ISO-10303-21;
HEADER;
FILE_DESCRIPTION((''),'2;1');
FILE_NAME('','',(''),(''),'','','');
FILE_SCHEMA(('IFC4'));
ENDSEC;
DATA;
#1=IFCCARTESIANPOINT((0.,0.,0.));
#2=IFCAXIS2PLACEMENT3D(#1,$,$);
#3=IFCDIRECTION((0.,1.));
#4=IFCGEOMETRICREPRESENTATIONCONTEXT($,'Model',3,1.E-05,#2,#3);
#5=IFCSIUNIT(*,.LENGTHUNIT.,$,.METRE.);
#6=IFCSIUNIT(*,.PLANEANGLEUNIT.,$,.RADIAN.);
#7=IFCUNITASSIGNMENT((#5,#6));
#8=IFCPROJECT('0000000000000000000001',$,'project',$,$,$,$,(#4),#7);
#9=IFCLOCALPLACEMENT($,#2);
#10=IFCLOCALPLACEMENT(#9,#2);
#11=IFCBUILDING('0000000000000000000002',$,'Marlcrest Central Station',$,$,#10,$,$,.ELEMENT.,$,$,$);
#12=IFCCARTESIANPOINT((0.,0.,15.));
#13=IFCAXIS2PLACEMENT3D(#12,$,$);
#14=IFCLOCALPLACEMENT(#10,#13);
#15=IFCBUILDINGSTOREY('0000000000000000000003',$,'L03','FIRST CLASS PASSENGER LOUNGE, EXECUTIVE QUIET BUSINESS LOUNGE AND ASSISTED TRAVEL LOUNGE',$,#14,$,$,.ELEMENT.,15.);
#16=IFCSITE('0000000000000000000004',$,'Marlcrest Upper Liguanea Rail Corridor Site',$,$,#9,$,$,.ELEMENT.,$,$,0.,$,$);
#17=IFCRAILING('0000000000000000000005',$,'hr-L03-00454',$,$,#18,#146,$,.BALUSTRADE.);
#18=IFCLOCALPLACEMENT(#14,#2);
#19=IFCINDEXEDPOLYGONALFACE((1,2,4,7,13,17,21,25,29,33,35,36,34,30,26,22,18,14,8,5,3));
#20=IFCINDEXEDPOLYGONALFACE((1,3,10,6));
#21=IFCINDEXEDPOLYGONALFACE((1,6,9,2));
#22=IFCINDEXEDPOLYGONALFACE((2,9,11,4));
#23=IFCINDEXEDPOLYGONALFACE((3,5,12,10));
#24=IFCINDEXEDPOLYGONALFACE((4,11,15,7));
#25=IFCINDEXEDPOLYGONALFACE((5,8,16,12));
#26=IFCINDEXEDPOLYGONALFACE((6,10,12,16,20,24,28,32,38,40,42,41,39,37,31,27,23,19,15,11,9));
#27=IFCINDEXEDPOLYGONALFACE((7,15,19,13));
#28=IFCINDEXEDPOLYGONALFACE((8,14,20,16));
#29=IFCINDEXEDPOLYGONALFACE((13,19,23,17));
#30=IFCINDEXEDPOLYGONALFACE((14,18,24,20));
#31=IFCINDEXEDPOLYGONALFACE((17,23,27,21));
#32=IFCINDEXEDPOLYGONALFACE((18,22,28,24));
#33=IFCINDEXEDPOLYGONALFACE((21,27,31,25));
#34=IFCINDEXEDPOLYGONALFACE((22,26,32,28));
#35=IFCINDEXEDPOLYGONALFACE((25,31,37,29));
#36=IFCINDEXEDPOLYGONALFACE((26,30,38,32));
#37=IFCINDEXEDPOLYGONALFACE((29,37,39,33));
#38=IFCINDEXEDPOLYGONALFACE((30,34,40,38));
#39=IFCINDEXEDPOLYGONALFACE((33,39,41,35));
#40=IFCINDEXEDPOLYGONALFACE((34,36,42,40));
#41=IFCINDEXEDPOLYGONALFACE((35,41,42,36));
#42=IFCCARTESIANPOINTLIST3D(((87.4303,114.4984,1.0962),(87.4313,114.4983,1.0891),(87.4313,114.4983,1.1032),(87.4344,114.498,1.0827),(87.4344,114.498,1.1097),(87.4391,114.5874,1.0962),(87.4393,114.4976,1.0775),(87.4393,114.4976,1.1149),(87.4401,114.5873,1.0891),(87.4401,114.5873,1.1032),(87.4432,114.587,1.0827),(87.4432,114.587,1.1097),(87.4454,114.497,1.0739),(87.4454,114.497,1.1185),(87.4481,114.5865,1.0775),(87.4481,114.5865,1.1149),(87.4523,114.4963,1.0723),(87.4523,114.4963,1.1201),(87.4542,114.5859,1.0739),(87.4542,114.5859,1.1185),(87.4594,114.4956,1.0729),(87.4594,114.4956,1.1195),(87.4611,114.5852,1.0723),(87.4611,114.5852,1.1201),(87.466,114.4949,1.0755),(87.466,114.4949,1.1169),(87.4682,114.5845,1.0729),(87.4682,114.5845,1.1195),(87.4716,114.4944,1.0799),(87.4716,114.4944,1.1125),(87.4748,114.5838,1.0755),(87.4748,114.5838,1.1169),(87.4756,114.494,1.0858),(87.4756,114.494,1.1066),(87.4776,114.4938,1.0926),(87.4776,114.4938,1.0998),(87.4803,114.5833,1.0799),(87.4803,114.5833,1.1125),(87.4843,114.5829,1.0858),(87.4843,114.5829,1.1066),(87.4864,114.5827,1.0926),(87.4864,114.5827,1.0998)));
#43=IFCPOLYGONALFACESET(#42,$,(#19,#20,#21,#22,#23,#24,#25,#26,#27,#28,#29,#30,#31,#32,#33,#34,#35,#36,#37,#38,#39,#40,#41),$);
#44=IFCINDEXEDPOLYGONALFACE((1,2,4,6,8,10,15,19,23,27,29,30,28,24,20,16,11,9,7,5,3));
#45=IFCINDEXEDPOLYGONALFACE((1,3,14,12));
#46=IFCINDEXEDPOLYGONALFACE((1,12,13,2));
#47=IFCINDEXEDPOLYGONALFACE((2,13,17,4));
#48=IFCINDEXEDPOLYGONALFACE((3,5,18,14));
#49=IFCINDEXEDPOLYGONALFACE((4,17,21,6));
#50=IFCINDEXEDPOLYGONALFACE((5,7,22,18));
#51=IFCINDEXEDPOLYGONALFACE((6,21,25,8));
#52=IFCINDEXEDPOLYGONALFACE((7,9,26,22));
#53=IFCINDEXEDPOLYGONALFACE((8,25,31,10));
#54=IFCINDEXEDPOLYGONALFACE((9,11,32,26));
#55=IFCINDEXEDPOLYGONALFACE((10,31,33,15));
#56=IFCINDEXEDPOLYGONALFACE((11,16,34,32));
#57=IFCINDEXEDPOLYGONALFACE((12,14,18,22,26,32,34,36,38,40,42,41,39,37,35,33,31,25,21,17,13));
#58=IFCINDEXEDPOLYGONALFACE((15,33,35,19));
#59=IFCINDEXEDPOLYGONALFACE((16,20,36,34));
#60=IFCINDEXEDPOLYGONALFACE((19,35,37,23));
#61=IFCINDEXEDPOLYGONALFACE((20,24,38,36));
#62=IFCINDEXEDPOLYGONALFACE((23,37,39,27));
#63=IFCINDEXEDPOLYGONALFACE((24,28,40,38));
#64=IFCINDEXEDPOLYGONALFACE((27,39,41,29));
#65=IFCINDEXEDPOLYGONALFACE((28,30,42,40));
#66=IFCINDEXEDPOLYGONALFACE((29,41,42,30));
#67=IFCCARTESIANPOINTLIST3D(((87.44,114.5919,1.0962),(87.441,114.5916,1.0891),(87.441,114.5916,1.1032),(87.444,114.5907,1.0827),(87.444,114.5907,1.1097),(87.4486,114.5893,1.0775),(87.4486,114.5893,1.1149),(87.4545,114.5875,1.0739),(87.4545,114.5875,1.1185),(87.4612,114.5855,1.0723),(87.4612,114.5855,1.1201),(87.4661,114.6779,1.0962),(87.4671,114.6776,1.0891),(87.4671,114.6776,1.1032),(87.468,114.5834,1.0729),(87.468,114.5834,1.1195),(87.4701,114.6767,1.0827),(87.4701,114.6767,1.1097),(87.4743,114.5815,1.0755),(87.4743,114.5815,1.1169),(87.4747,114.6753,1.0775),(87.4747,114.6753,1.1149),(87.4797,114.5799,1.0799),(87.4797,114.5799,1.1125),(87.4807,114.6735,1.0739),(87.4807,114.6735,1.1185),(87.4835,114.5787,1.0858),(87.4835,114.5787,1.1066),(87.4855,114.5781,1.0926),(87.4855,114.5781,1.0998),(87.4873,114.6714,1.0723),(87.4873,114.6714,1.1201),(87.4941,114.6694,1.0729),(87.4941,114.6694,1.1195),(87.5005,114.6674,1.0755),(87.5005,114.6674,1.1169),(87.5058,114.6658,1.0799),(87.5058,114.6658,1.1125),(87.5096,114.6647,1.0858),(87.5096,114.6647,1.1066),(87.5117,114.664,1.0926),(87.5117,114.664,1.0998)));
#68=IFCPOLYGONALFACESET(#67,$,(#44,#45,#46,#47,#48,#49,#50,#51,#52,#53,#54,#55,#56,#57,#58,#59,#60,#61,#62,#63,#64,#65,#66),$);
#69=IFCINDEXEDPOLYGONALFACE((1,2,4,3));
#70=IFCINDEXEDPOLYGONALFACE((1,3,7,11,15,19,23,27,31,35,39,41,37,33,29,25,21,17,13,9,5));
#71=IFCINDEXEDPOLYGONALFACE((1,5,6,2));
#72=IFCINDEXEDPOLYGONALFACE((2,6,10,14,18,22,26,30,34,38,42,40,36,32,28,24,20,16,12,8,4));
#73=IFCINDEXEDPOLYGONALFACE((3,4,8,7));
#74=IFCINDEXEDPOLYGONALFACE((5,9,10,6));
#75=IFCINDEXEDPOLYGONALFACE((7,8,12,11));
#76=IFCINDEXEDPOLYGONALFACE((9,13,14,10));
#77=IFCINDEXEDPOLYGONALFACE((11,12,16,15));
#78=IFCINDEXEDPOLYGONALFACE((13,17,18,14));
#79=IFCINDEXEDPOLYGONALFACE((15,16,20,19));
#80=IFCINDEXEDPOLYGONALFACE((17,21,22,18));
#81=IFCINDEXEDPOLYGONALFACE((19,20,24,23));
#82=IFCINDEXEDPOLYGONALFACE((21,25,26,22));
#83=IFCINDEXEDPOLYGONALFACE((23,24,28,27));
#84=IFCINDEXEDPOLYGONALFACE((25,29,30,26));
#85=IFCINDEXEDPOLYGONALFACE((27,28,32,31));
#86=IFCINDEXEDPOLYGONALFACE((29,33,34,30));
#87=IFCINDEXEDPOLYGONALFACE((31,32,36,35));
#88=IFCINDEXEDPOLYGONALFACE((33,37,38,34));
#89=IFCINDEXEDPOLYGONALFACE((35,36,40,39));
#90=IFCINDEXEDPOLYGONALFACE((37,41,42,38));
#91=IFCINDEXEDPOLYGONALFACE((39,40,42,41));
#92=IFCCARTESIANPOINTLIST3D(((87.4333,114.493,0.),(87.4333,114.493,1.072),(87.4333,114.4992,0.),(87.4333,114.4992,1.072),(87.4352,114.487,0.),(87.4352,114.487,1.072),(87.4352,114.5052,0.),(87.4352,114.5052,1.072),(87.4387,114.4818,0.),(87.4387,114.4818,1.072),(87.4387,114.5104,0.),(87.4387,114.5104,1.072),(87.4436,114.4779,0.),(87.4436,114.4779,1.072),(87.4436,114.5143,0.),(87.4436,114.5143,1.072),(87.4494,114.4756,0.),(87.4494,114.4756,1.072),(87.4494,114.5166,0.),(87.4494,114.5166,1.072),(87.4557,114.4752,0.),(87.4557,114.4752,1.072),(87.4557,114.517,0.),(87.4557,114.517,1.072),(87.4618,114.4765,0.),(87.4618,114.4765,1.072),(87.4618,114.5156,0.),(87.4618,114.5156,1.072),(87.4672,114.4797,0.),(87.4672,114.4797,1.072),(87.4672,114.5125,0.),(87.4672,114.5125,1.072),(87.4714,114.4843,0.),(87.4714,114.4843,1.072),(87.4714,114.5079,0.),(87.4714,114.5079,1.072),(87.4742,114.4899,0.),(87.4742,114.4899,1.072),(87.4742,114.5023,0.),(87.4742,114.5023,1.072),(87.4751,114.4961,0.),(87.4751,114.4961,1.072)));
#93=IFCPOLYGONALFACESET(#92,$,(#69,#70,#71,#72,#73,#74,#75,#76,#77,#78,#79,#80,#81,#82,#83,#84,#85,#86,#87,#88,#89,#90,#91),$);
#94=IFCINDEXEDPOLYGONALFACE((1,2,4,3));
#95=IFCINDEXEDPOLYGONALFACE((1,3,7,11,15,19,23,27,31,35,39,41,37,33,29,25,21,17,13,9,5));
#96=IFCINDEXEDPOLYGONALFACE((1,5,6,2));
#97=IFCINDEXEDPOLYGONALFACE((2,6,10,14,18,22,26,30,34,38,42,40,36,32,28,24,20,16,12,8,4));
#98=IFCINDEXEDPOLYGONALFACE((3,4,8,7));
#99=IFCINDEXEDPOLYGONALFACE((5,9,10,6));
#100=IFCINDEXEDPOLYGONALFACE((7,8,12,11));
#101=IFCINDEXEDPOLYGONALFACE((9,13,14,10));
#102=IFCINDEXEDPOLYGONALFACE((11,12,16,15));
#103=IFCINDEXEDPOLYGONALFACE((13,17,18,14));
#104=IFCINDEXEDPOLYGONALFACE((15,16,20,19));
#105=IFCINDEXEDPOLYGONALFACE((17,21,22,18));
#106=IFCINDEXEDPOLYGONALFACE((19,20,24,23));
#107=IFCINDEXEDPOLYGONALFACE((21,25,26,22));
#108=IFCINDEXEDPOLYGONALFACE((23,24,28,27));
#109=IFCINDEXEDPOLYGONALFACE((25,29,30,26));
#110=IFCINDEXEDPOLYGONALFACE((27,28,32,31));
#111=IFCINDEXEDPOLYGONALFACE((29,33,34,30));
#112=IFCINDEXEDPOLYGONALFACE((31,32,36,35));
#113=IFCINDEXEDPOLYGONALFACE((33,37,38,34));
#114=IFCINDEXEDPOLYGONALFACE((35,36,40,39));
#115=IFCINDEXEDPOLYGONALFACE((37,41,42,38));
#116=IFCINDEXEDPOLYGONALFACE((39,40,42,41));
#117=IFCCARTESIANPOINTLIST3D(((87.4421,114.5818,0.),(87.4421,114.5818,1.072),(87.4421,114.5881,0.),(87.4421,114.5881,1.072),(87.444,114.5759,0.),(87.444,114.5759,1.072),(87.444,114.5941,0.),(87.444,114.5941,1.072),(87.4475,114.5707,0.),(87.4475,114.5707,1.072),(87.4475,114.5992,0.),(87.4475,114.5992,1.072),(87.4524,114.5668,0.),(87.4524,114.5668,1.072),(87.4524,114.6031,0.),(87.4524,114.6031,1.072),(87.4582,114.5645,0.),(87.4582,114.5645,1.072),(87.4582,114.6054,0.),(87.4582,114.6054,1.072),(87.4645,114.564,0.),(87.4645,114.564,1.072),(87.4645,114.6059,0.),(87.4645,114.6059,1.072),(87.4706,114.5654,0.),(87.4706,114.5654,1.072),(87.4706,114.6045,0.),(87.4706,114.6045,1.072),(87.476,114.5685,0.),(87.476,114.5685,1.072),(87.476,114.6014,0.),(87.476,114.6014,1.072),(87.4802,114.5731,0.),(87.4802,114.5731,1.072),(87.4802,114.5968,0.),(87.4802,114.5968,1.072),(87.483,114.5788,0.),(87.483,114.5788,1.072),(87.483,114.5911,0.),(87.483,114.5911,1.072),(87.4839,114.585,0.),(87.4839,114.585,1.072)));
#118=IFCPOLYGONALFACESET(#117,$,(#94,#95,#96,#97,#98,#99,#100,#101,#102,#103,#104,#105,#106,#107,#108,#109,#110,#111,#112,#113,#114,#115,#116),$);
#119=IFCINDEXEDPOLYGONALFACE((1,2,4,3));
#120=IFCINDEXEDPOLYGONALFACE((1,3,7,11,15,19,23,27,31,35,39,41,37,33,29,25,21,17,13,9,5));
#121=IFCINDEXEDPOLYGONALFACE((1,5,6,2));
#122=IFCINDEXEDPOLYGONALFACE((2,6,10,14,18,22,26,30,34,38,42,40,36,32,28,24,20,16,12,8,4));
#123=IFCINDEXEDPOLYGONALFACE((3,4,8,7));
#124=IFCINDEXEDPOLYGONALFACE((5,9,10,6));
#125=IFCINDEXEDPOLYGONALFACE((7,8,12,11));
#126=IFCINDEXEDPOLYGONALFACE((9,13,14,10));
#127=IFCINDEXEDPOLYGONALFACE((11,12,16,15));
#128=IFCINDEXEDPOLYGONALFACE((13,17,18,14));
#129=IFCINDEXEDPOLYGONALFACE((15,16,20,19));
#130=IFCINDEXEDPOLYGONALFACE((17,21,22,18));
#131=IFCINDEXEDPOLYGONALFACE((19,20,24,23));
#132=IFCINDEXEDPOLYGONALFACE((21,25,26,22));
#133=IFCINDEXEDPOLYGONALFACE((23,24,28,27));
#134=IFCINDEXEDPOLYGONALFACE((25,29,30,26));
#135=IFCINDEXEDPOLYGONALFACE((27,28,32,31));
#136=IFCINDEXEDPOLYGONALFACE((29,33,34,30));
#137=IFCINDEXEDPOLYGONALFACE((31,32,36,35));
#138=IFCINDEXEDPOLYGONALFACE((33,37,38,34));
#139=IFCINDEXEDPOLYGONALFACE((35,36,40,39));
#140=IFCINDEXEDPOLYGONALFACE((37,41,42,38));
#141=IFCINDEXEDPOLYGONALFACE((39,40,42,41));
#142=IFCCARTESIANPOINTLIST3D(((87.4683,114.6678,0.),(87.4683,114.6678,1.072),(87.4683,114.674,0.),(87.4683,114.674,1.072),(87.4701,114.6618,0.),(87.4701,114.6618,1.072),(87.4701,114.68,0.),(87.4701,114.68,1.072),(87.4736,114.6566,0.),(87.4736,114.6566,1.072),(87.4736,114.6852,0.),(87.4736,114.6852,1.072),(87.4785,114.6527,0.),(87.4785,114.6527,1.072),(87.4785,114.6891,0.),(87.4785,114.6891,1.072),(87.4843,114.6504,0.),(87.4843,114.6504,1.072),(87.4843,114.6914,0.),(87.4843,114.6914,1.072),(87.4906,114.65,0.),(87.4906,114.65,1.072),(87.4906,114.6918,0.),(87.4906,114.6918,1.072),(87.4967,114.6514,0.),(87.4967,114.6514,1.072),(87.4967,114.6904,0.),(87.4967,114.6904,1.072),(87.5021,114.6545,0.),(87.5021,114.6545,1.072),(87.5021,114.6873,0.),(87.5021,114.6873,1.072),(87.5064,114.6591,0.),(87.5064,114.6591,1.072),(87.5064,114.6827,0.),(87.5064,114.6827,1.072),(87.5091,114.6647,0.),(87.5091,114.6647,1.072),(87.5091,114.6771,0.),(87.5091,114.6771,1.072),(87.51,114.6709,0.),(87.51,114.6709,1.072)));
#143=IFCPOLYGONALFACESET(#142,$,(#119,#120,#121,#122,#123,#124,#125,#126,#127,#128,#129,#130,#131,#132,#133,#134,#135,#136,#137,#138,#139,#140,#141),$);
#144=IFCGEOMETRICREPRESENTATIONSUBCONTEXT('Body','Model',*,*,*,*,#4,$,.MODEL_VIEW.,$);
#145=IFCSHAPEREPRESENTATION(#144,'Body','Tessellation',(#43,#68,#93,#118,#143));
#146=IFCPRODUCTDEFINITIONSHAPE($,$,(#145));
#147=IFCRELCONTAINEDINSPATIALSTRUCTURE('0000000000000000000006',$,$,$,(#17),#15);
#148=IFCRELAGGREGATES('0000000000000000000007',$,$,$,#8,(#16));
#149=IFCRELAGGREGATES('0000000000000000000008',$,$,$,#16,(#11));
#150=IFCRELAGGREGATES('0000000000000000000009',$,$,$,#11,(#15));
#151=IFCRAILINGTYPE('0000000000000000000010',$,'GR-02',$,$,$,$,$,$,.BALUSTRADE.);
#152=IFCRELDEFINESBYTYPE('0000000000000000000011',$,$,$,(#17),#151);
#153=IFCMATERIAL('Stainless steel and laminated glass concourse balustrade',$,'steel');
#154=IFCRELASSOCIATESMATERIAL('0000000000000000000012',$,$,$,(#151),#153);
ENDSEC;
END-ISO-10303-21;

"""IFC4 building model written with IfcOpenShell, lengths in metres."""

from ifc_helpers import new_model, si_unit, direction, frame, origin, origin_2d, place, context, subcontext, project, spatial, circle, extrude, material, type_object, element, save


model = new_model("IFC4")

# Units and contexts
model_context = context("Model", 3, precision=1e-05, world=origin(), true_north=direction((0.0, 1.0)))
body_context = subcontext(model_context, "Body", "Model", "MODEL_VIEW")
ifc_project = project(units=[si_unit("LENGTHUNIT", "METRE"), si_unit("PLANEANGLEUNIT", "RADIAN")], contexts=[model_context])

# Site, building, storey
site_placement = place(None, origin())
site = spatial("IfcSite", under=ifc_project, at=site_placement, Name="Marlcrest Upper Liguanea Rail Corridor Site", CompositionType="ELEMENT", RefElevation=0.0)
building_placement = place(site_placement, origin())
building = spatial("IfcBuilding", under=site, at=building_placement, Name="Marlcrest Central Station", CompositionType="ELEMENT")
storey_placement = place(building_placement, frame((0.0, 0.0, 15.0)))
storey = spatial("IfcBuildingStorey", under=building, at=storey_placement, Name="L03", Description="FIRST CLASS PASSENGER LOUNGE, EXECUTIVE QUIET BUSINESS LOUNGE AND ASSISTED TRAVEL LOUNGE", CompositionType="ELEMENT", Elevation=15.0)

# Railing
ifc_material_1 = material(Name="Stainless steel and laminated glass concourse balustrade", Category="steel")
railing_type = type_object("IfcRailingType", Name="GR-02", PredefinedType="BALUSTRADE", material=ifc_material_1)
railing_1_placement = place(storey_placement, frame((87.4541, 114.4961, 0.0)))
element("IfcRailing", 1, at=railing_1_placement, inside=storey, type_object=railing_type, Name="hr-L03-00454", PredefinedType="BALUSTRADE", context=body_context, shape_type="SweptSolid", body=[
    extrude(circle(Radius=0.0239, at=origin_2d()), frame((0.0, 0.0, 1.0962), z_axis=(0.098421, 0.995145, 0.0), x_axis=(-0.995145, 0.098421, 0.0)), (0.0, 0.0, 1.0), 0.0894),
    extrude(circle(Radius=0.0239, at=origin_2d()), frame((0.0088, 0.0889, 1.0962), z_axis=(0.290837, 0.956773, 0.0), x_axis=(-0.956773, 0.290837, 0.0)), (0.0, 0.0, 1.0), 0.0898),
    extrude(circle(Radius=0.021, at=origin_2d()), origin(), (0.0, 0.0, 1.0), 1.072),
    extrude(circle(Radius=0.021, at=origin_2d()), frame((0.0088, 0.0889, 0.0)), (0.0, 0.0, 1.0), 1.072),
    extrude(circle(Radius=0.021, at=origin_2d()), frame((0.0349, 0.1748, 0.0)), (0.0, 0.0, 1.0), 1.072),
])

save(model, "model.ifc")
